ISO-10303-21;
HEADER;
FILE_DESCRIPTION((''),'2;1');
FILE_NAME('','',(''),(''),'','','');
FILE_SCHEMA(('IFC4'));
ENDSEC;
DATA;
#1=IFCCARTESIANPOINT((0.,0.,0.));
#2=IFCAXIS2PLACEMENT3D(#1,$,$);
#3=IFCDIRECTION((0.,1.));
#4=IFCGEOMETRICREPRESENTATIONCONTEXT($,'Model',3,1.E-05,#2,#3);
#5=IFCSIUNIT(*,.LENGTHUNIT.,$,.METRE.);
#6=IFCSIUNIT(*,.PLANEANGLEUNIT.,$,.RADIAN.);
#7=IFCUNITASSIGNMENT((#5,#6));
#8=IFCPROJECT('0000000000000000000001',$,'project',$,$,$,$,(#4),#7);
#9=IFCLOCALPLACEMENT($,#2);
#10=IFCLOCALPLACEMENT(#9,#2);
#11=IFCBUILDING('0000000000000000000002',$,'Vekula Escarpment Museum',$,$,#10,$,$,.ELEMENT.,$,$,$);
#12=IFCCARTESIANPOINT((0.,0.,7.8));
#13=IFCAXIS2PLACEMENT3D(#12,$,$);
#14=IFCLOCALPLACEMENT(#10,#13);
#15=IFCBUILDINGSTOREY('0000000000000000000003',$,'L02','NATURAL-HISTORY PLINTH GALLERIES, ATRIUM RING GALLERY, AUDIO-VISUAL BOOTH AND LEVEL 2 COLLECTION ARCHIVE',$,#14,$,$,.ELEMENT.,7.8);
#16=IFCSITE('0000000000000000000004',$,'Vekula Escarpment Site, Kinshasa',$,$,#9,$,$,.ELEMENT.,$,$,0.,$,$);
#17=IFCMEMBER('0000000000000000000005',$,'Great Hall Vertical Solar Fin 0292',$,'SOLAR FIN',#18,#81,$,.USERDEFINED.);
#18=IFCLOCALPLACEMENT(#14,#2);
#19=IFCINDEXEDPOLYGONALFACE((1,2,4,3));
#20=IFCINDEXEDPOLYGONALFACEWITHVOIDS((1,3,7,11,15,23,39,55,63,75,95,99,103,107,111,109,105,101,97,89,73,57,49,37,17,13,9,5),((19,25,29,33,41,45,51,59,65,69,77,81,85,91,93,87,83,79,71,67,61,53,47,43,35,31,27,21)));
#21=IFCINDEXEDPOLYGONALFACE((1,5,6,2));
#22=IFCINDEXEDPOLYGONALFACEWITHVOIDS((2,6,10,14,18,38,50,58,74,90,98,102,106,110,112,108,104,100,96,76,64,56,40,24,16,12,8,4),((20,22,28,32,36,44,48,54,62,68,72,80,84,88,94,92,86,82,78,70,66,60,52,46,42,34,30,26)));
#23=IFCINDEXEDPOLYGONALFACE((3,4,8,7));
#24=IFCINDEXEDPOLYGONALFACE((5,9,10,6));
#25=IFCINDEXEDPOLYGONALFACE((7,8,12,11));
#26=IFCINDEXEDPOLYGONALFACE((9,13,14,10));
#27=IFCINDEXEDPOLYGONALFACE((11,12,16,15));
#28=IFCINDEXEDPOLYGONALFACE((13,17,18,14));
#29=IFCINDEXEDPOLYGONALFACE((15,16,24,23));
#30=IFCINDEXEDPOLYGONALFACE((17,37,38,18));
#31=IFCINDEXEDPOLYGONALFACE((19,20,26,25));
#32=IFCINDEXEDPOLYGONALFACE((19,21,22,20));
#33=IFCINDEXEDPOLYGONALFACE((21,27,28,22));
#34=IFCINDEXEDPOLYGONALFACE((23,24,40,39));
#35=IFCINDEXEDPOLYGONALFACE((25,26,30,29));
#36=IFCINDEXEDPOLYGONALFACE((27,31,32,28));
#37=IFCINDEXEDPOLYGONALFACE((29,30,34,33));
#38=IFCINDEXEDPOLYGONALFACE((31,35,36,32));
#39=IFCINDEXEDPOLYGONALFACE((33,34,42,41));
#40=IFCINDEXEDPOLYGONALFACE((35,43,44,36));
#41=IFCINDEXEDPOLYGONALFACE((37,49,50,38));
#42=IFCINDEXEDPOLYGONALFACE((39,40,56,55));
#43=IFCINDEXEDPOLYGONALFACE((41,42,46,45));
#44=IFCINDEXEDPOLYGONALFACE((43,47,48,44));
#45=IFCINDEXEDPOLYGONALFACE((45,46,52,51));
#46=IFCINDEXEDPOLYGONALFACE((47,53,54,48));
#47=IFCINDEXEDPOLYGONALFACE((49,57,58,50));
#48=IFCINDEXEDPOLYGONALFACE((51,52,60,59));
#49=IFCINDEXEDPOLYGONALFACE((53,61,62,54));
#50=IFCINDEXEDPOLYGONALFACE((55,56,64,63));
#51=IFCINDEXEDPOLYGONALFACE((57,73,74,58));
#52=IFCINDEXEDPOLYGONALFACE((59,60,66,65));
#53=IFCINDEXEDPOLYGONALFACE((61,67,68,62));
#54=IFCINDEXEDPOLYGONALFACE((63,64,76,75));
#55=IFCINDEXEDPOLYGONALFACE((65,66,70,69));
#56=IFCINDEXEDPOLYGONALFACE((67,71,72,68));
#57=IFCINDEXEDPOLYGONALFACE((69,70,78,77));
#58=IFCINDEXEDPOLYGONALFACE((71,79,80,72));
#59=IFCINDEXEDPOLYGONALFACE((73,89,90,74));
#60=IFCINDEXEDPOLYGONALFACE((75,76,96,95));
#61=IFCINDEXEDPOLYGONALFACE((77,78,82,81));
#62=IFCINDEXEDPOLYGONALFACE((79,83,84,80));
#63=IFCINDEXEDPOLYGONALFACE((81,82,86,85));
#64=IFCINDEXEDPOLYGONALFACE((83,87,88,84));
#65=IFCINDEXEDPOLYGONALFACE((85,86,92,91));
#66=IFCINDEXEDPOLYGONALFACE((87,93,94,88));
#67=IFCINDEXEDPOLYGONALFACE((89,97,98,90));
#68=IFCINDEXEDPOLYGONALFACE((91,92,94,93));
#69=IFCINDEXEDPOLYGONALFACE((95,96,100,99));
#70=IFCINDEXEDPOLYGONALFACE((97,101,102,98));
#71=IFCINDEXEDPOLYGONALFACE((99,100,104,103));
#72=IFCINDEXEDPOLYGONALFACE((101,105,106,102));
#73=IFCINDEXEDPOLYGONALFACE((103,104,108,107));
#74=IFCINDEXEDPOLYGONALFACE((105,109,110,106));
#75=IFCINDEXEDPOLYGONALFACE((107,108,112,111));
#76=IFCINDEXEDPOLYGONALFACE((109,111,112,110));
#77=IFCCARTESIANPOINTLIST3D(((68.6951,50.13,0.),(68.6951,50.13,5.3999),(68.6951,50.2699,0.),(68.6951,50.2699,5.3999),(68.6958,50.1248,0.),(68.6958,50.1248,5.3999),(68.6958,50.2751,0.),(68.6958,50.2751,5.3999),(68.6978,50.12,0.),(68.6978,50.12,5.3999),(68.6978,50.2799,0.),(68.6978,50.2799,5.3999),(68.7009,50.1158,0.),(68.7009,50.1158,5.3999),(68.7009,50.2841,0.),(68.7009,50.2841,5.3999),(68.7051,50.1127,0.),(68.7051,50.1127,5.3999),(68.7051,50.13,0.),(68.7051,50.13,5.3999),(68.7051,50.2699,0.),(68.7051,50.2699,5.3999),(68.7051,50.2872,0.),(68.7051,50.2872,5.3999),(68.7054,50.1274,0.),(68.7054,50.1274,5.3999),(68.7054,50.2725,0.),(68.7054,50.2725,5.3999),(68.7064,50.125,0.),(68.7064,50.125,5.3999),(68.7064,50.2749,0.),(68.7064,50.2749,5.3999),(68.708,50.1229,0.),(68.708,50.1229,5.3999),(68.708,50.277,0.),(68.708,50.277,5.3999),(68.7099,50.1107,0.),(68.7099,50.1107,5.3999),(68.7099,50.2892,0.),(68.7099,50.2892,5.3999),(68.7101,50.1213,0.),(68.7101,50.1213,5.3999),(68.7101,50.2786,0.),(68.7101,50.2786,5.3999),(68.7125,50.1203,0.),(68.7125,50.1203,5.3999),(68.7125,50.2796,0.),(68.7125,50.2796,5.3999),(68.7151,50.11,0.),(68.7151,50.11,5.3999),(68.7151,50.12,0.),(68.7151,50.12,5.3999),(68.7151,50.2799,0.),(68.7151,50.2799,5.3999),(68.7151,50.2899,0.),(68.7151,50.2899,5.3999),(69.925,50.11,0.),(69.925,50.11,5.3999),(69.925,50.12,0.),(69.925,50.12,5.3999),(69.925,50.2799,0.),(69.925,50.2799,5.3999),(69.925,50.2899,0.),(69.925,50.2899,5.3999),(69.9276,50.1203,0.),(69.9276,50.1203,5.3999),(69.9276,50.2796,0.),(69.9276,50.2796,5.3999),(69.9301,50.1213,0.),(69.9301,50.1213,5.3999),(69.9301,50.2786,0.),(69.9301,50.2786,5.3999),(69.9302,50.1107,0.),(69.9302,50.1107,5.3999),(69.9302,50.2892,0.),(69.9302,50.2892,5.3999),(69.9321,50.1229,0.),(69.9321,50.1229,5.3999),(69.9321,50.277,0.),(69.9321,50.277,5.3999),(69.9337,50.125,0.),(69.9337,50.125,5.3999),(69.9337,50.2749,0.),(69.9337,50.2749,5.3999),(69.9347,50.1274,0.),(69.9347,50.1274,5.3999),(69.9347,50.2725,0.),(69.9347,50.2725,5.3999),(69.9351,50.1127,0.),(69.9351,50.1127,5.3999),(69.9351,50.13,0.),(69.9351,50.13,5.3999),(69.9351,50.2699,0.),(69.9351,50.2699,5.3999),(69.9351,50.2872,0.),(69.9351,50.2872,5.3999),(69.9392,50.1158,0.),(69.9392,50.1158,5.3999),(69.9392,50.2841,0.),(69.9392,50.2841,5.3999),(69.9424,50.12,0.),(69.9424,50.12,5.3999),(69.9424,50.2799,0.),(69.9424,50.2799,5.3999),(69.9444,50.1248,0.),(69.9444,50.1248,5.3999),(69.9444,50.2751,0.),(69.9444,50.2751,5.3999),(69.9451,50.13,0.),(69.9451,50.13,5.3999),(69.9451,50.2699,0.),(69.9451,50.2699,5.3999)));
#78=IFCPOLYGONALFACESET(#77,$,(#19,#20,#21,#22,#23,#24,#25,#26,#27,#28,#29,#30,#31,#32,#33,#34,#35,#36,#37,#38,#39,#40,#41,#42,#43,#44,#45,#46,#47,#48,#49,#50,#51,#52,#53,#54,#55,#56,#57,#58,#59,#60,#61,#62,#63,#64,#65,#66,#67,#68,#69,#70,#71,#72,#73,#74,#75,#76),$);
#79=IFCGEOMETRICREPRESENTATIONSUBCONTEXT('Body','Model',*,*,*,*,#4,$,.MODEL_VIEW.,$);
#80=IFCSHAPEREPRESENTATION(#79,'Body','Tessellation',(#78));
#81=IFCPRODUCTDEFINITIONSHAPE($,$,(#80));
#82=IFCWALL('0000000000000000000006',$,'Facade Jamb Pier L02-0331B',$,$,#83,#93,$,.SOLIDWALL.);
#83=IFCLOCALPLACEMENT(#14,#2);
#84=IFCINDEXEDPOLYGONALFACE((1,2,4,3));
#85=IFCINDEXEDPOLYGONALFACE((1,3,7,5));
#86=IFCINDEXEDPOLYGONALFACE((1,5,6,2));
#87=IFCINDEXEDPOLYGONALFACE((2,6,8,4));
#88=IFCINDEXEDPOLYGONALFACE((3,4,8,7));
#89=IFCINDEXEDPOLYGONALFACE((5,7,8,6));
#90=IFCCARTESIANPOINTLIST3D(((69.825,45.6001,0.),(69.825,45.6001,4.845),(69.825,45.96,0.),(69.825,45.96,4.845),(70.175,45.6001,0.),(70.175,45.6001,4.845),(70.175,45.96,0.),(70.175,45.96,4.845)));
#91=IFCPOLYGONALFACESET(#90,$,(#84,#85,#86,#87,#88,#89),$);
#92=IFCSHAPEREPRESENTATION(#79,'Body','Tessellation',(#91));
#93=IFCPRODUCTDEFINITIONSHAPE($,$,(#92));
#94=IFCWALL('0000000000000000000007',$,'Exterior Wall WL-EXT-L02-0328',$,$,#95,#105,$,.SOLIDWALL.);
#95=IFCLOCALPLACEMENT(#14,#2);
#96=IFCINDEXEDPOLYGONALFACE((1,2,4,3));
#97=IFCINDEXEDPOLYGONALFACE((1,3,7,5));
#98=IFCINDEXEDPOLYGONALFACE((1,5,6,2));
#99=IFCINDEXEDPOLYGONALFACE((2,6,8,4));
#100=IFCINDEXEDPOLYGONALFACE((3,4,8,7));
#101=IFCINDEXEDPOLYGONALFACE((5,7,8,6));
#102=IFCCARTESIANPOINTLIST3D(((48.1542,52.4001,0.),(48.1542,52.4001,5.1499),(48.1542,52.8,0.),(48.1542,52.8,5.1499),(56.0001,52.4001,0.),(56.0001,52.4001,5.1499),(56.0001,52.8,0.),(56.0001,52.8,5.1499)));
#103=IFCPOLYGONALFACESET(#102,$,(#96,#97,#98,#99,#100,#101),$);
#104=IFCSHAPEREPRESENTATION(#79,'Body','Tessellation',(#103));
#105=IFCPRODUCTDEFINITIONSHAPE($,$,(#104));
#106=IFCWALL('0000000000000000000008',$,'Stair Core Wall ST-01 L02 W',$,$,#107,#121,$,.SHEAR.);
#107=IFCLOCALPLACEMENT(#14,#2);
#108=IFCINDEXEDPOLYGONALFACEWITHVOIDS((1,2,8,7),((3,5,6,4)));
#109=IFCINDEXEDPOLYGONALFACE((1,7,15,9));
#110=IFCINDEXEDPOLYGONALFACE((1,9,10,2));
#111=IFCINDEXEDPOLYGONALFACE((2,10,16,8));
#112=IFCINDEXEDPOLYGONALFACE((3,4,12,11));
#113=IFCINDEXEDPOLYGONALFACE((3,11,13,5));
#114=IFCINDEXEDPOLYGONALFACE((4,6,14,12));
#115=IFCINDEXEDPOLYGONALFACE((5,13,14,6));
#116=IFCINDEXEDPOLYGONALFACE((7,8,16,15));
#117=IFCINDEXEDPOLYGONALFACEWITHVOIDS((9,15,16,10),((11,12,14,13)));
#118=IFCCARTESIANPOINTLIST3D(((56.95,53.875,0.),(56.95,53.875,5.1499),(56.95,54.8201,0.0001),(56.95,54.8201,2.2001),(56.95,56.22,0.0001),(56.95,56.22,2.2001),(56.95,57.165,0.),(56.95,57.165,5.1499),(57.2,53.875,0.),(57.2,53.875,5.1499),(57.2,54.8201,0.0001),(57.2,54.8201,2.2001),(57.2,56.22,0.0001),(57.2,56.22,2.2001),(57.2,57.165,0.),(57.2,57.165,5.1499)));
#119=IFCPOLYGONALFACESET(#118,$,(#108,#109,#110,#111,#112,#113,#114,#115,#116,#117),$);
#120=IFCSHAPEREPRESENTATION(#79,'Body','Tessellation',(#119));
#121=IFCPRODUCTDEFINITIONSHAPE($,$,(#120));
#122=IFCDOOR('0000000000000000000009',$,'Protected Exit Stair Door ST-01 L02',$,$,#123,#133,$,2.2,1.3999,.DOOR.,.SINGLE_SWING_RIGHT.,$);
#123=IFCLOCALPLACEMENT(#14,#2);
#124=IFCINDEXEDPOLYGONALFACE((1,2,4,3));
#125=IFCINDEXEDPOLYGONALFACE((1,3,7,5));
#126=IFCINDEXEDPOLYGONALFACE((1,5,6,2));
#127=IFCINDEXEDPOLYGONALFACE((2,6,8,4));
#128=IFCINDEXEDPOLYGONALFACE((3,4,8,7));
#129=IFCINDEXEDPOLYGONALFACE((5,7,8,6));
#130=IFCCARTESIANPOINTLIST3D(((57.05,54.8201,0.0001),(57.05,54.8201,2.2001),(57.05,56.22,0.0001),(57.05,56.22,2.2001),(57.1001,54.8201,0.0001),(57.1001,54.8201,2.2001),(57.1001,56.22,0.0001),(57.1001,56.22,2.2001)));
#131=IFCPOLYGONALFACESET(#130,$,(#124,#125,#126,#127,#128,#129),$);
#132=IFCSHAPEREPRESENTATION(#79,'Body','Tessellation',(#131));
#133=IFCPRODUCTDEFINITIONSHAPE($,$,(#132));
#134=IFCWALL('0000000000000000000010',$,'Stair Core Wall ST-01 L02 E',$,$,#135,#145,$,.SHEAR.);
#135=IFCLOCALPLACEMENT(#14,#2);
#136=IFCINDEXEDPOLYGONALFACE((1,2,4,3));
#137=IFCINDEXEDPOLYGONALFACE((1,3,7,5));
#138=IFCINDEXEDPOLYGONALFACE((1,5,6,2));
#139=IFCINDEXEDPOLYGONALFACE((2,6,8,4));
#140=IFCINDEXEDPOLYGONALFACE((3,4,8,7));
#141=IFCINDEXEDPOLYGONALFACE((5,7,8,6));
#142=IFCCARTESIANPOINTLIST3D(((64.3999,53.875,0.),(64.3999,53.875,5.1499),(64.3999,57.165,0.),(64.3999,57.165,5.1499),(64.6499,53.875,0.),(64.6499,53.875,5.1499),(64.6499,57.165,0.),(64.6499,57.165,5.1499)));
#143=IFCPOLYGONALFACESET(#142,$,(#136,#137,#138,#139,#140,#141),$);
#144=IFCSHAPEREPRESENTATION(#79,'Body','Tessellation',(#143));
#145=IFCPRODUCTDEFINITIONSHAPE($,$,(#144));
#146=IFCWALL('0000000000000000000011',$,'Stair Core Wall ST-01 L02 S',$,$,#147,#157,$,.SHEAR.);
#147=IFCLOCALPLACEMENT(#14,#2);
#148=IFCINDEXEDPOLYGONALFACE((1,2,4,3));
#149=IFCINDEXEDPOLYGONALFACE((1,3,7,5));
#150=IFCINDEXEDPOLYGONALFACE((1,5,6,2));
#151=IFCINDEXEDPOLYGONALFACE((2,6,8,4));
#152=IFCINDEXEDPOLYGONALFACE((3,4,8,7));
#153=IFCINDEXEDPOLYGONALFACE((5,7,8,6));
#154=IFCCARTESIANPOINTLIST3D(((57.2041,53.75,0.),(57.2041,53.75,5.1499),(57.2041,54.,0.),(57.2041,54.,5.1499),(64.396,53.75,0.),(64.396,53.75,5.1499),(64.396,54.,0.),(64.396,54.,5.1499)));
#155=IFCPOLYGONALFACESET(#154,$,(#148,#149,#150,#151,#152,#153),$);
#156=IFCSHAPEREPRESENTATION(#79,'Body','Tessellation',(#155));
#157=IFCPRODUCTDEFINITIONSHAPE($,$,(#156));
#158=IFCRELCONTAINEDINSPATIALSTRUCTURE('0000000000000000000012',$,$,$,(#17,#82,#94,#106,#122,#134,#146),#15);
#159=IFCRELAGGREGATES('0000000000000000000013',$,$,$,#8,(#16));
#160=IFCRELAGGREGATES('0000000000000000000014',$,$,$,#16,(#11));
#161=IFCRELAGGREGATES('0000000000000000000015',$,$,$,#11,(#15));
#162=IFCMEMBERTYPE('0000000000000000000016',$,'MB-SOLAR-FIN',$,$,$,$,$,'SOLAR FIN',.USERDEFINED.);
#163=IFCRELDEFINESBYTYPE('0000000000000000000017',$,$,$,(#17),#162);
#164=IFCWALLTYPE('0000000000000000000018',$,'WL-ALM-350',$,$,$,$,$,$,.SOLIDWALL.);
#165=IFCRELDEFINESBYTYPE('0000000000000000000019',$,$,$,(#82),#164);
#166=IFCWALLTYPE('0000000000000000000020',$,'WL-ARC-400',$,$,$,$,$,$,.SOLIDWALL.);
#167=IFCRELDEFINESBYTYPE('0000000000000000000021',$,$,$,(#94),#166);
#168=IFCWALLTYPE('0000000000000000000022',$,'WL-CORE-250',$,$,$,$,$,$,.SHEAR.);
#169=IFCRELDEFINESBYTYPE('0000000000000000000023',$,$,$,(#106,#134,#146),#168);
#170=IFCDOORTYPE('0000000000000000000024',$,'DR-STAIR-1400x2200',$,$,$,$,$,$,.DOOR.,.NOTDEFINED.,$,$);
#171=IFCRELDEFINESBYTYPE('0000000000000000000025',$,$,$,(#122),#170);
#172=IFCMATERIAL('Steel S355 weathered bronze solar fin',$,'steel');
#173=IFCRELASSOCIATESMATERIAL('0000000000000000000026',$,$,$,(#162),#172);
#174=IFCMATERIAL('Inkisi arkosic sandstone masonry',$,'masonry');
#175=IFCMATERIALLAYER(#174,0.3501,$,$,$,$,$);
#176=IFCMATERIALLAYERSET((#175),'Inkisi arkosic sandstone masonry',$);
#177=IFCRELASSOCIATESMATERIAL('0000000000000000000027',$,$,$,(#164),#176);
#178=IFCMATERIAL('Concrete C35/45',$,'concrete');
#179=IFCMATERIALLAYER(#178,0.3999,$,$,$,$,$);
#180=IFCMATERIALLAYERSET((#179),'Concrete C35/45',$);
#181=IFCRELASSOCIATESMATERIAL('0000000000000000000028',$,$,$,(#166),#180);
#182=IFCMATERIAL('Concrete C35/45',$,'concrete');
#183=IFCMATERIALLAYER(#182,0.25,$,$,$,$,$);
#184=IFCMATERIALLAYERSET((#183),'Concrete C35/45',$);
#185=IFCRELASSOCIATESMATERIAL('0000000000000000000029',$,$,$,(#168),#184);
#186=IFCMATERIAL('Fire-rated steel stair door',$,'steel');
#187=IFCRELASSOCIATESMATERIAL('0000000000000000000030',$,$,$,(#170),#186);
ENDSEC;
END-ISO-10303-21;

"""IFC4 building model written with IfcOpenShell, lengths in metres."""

from ifc_helpers import new_model, si_unit, direction, frame, frame_2d, origin, origin_2d, place, context, subcontext, project, spatial, rectangle, hollow_rectangle, extrude, material, layer, layer_set, material_profile, profile_set, type_object, element, fill, save


model = new_model("IFC4")

# Units and contexts
model_context = context("Model", 3, precision=1e-05, world=origin(), true_north=direction((0.0, 1.0)))
body_context = subcontext(model_context, "Body", "Model", "MODEL_VIEW")
ifc_project = project(units=[si_unit("LENGTHUNIT", "METRE"), si_unit("PLANEANGLEUNIT", "RADIAN")], contexts=[model_context])

# Site, building, storey
site_placement = place(None, origin())
site = spatial("IfcSite", under=ifc_project, at=site_placement, Name="Vekula Escarpment Site, Kinshasa", CompositionType="ELEMENT", RefElevation=0.0)
building_placement = place(site_placement, origin())
building = spatial("IfcBuilding", under=site, at=building_placement, Name="Vekula Escarpment Museum", CompositionType="ELEMENT")
storey_placement = place(building_placement, frame((0.0, 0.0, 7.8)))
storey = spatial("IfcBuildingStorey", under=building, at=storey_placement, Name="L02", Description="NATURAL-HISTORY PLINTH GALLERIES, ATRIUM RING GALLERY, AUDIO-VISUAL BOOTH AND LEVEL 2 COLLECTION ARCHIVE", CompositionType="ELEMENT", Elevation=7.8)

# Member
ifc_material_1 = material(Name="Steel S355 weathered bronze solar fin", Category="steel")
ifc_material_profile_1 = material_profile(ifc_material_1, hollow_rectangle(XDim=0.1799, YDim=1.25, WallThickness=0.01, InnerFilletRadius=0.01, OuterFilletRadius=0.02, at=origin_2d()), Name="RHS 1250x180x10")
ifc_profile_set_1 = profile_set([ifc_material_profile_1], Name="Steel S355 weathered bronze solar fin")
member_type = type_object("IfcMemberType", Name="MB-SOLAR-FIN", ElementType="SOLAR FIN", PredefinedType="USERDEFINED", material=ifc_profile_set_1)
for number, where, z_axis, x_axis, name in (
    (1, (69.3201, 50.2, 0.0), (0.0, 0.0, 1.0), (0.0, 1.0, 0.0), "Great Hall Vertical Solar Fin 0292"),
):
    element("IfcMember", number, at=place(storey_placement, frame(where, z_axis=z_axis, x_axis=x_axis)), inside=storey, type_object=member_type, Name=name, ObjectType="SOLAR FIN", PredefinedType="USERDEFINED", context=body_context, shape_type="SweptSolid", body=[
        extrude(hollow_rectangle(XDim=0.1799, YDim=1.25, WallThickness=0.01, InnerFilletRadius=0.01, OuterFilletRadius=0.02, at=origin_2d()), origin(), (0.0, 0.0, 1.0), 5.3999),
    ])

# Walls
ifc_material_2 = material(Name="Inkisi arkosic sandstone masonry", Category="masonry")
ifc_layer_1 = layer(ifc_material_2, 0.3501)
ifc_layer_set_1 = layer_set([ifc_layer_1], Name="Inkisi arkosic sandstone masonry")
wall_type_1 = type_object("IfcWallType", Name="WL-ALM-350", PredefinedType="SOLIDWALL", material=ifc_layer_set_1)
wall_1_placement = place(storey_placement, frame((70.0, 45.96, 0.0), z_axis=(0.0, 0.0, 1.0), x_axis=(0.0, -1.0, 0.0)))
element("IfcWall", 2, at=wall_1_placement, inside=storey, type_object=wall_type_1, Name="Facade Jamb Pier L02-0331B", PredefinedType="SOLIDWALL", context=body_context, shape_type="SweptSolid", body=[
    extrude(rectangle(XDim=0.3599, YDim=0.3501, at=frame_2d((0.1799, 0.0))), origin(), (0.0, 0.0, 1.0), 4.845),
])
ifc_material_3 = material(Name="Concrete C35/45", Category="concrete")
ifc_layer_2 = layer(ifc_material_3, 0.3999)
ifc_layer_set_2 = layer_set([ifc_layer_2], Name="Concrete C35/45")
wall_type_2 = type_object("IfcWallType", Name="WL-ARC-400", PredefinedType="SOLIDWALL", material=ifc_layer_set_2)
wall_2_placement = place(storey_placement, frame((56.0, 52.6001, 0.0), z_axis=(0.0, 0.0, 1.0), x_axis=(-1.0, 0.0, 0.0)))
element("IfcWall", 3, at=wall_2_placement, inside=storey, type_object=wall_type_2, Name="Exterior Wall WL-EXT-L02-0328", PredefinedType="SOLIDWALL", context=body_context, shape_type="SweptSolid", body=[
    extrude(rectangle(XDim=7.8459, YDim=0.3999, at=frame_2d((3.9229, 0.0))), origin(), (0.0, 0.0, 1.0), 5.1499),
])

# Wall, opening, door
ifc_material_4 = material(Name="Concrete C35/45", Category="concrete")
ifc_layer_3 = layer(ifc_material_4, 0.25)
ifc_layer_set_3 = layer_set([ifc_layer_3], Name="Concrete C35/45")
wall_type_3 = type_object("IfcWallType", Name="WL-CORE-250", PredefinedType="SHEAR", material=ifc_layer_set_3)
wall_3_placement = place(storey_placement, frame((57.075, 53.875, 0.0), z_axis=(0.0, 0.0, 1.0), x_axis=(0.0, 1.0, 0.0)))
wall_3 = element("IfcWall", 4, at=wall_3_placement, inside=storey, type_object=wall_type_3, Name="Stair Core Wall ST-01 L02 W", PredefinedType="SHEAR", context=body_context, shape_type="SweptSolid", body=[
    extrude(rectangle(XDim=3.29, YDim=0.25, at=frame_2d((1.645, 0.0))), origin(), (0.0, 0.0, 1.0), 5.1499),
])
opening_1_placement = place(wall_3_placement, frame((0.9451, 0.0, 0.0)))
opening_1 = element("IfcOpeningElement", 5, at=opening_1_placement, cuts=wall_3, PredefinedType="OPENING", context=body_context, shape_type="SweptSolid", body=[
    extrude(rectangle(XDim=1.3999, YDim=2.2, at=frame_2d((0.7, 1.1001))), frame((0.0, 0.135, 0.0), z_axis=(0.0, -1.0, 0.0), x_axis=(1.0, 0.0, 0.0)), (0.0, 0.0, 1.0), 0.27),
])
ifc_material_5 = material(Name="Fire-rated steel stair door", Category="steel")
door_type_1 = type_object("IfcDoorType", Name="DR-STAIR-1400x2200", OperationType="NOTDEFINED", PredefinedType="DOOR", material=ifc_material_5)
door_1_placement = place(opening_1_placement, origin())
door_1 = element("IfcDoor", 6, at=door_1_placement, inside=storey, type_object=door_type_1, Name="Protected Exit Stair Door ST-01 L02", OperationType="SINGLE_SWING_RIGHT", OverallHeight=2.2, OverallWidth=1.3999, PredefinedType="DOOR", context=body_context, shape_type="SweptSolid", body=[
    extrude(rectangle(XDim=1.3999, YDim=2.2, at=frame_2d((0.7, 1.1001))), frame((0.0, 0.0249, 0.0), z_axis=(0.0, -1.0, 0.0), x_axis=(1.0, 0.0, 0.0)), (0.0, 0.0, 1.0), 0.05),
])
fill(opening_1, door_1)

# Walls
wall_4_placement = place(storey_placement, frame((64.5249, 53.875, 0.0), z_axis=(0.0, 0.0, 1.0), x_axis=(0.0, 1.0, 0.0)))
element("IfcWall", 7, at=wall_4_placement, inside=storey, type_object=wall_type_3, Name="Stair Core Wall ST-01 L02 E", PredefinedType="SHEAR", context=body_context, shape_type="SweptSolid", body=[
    extrude(rectangle(XDim=3.29, YDim=0.25, at=frame_2d((1.645, 0.0))), origin(), (0.0, 0.0, 1.0), 5.1499),
])
wall_5_placement = place(storey_placement, frame((57.2041, 53.875, 0.0), z_axis=(0.0, 0.0, 1.0), x_axis=(1.0, 0.0, 0.0)))
element("IfcWall", 8, at=wall_5_placement, inside=storey, type_object=wall_type_3, Name="Stair Core Wall ST-01 L02 S", PredefinedType="SHEAR", context=body_context, shape_type="SweptSolid", body=[
    extrude(rectangle(XDim=7.1919, YDim=0.25, at=frame_2d((3.5959, 0.0))), origin(), (0.0, 0.0, 1.0), 5.1499),
])

save(model, "model.ifc")
